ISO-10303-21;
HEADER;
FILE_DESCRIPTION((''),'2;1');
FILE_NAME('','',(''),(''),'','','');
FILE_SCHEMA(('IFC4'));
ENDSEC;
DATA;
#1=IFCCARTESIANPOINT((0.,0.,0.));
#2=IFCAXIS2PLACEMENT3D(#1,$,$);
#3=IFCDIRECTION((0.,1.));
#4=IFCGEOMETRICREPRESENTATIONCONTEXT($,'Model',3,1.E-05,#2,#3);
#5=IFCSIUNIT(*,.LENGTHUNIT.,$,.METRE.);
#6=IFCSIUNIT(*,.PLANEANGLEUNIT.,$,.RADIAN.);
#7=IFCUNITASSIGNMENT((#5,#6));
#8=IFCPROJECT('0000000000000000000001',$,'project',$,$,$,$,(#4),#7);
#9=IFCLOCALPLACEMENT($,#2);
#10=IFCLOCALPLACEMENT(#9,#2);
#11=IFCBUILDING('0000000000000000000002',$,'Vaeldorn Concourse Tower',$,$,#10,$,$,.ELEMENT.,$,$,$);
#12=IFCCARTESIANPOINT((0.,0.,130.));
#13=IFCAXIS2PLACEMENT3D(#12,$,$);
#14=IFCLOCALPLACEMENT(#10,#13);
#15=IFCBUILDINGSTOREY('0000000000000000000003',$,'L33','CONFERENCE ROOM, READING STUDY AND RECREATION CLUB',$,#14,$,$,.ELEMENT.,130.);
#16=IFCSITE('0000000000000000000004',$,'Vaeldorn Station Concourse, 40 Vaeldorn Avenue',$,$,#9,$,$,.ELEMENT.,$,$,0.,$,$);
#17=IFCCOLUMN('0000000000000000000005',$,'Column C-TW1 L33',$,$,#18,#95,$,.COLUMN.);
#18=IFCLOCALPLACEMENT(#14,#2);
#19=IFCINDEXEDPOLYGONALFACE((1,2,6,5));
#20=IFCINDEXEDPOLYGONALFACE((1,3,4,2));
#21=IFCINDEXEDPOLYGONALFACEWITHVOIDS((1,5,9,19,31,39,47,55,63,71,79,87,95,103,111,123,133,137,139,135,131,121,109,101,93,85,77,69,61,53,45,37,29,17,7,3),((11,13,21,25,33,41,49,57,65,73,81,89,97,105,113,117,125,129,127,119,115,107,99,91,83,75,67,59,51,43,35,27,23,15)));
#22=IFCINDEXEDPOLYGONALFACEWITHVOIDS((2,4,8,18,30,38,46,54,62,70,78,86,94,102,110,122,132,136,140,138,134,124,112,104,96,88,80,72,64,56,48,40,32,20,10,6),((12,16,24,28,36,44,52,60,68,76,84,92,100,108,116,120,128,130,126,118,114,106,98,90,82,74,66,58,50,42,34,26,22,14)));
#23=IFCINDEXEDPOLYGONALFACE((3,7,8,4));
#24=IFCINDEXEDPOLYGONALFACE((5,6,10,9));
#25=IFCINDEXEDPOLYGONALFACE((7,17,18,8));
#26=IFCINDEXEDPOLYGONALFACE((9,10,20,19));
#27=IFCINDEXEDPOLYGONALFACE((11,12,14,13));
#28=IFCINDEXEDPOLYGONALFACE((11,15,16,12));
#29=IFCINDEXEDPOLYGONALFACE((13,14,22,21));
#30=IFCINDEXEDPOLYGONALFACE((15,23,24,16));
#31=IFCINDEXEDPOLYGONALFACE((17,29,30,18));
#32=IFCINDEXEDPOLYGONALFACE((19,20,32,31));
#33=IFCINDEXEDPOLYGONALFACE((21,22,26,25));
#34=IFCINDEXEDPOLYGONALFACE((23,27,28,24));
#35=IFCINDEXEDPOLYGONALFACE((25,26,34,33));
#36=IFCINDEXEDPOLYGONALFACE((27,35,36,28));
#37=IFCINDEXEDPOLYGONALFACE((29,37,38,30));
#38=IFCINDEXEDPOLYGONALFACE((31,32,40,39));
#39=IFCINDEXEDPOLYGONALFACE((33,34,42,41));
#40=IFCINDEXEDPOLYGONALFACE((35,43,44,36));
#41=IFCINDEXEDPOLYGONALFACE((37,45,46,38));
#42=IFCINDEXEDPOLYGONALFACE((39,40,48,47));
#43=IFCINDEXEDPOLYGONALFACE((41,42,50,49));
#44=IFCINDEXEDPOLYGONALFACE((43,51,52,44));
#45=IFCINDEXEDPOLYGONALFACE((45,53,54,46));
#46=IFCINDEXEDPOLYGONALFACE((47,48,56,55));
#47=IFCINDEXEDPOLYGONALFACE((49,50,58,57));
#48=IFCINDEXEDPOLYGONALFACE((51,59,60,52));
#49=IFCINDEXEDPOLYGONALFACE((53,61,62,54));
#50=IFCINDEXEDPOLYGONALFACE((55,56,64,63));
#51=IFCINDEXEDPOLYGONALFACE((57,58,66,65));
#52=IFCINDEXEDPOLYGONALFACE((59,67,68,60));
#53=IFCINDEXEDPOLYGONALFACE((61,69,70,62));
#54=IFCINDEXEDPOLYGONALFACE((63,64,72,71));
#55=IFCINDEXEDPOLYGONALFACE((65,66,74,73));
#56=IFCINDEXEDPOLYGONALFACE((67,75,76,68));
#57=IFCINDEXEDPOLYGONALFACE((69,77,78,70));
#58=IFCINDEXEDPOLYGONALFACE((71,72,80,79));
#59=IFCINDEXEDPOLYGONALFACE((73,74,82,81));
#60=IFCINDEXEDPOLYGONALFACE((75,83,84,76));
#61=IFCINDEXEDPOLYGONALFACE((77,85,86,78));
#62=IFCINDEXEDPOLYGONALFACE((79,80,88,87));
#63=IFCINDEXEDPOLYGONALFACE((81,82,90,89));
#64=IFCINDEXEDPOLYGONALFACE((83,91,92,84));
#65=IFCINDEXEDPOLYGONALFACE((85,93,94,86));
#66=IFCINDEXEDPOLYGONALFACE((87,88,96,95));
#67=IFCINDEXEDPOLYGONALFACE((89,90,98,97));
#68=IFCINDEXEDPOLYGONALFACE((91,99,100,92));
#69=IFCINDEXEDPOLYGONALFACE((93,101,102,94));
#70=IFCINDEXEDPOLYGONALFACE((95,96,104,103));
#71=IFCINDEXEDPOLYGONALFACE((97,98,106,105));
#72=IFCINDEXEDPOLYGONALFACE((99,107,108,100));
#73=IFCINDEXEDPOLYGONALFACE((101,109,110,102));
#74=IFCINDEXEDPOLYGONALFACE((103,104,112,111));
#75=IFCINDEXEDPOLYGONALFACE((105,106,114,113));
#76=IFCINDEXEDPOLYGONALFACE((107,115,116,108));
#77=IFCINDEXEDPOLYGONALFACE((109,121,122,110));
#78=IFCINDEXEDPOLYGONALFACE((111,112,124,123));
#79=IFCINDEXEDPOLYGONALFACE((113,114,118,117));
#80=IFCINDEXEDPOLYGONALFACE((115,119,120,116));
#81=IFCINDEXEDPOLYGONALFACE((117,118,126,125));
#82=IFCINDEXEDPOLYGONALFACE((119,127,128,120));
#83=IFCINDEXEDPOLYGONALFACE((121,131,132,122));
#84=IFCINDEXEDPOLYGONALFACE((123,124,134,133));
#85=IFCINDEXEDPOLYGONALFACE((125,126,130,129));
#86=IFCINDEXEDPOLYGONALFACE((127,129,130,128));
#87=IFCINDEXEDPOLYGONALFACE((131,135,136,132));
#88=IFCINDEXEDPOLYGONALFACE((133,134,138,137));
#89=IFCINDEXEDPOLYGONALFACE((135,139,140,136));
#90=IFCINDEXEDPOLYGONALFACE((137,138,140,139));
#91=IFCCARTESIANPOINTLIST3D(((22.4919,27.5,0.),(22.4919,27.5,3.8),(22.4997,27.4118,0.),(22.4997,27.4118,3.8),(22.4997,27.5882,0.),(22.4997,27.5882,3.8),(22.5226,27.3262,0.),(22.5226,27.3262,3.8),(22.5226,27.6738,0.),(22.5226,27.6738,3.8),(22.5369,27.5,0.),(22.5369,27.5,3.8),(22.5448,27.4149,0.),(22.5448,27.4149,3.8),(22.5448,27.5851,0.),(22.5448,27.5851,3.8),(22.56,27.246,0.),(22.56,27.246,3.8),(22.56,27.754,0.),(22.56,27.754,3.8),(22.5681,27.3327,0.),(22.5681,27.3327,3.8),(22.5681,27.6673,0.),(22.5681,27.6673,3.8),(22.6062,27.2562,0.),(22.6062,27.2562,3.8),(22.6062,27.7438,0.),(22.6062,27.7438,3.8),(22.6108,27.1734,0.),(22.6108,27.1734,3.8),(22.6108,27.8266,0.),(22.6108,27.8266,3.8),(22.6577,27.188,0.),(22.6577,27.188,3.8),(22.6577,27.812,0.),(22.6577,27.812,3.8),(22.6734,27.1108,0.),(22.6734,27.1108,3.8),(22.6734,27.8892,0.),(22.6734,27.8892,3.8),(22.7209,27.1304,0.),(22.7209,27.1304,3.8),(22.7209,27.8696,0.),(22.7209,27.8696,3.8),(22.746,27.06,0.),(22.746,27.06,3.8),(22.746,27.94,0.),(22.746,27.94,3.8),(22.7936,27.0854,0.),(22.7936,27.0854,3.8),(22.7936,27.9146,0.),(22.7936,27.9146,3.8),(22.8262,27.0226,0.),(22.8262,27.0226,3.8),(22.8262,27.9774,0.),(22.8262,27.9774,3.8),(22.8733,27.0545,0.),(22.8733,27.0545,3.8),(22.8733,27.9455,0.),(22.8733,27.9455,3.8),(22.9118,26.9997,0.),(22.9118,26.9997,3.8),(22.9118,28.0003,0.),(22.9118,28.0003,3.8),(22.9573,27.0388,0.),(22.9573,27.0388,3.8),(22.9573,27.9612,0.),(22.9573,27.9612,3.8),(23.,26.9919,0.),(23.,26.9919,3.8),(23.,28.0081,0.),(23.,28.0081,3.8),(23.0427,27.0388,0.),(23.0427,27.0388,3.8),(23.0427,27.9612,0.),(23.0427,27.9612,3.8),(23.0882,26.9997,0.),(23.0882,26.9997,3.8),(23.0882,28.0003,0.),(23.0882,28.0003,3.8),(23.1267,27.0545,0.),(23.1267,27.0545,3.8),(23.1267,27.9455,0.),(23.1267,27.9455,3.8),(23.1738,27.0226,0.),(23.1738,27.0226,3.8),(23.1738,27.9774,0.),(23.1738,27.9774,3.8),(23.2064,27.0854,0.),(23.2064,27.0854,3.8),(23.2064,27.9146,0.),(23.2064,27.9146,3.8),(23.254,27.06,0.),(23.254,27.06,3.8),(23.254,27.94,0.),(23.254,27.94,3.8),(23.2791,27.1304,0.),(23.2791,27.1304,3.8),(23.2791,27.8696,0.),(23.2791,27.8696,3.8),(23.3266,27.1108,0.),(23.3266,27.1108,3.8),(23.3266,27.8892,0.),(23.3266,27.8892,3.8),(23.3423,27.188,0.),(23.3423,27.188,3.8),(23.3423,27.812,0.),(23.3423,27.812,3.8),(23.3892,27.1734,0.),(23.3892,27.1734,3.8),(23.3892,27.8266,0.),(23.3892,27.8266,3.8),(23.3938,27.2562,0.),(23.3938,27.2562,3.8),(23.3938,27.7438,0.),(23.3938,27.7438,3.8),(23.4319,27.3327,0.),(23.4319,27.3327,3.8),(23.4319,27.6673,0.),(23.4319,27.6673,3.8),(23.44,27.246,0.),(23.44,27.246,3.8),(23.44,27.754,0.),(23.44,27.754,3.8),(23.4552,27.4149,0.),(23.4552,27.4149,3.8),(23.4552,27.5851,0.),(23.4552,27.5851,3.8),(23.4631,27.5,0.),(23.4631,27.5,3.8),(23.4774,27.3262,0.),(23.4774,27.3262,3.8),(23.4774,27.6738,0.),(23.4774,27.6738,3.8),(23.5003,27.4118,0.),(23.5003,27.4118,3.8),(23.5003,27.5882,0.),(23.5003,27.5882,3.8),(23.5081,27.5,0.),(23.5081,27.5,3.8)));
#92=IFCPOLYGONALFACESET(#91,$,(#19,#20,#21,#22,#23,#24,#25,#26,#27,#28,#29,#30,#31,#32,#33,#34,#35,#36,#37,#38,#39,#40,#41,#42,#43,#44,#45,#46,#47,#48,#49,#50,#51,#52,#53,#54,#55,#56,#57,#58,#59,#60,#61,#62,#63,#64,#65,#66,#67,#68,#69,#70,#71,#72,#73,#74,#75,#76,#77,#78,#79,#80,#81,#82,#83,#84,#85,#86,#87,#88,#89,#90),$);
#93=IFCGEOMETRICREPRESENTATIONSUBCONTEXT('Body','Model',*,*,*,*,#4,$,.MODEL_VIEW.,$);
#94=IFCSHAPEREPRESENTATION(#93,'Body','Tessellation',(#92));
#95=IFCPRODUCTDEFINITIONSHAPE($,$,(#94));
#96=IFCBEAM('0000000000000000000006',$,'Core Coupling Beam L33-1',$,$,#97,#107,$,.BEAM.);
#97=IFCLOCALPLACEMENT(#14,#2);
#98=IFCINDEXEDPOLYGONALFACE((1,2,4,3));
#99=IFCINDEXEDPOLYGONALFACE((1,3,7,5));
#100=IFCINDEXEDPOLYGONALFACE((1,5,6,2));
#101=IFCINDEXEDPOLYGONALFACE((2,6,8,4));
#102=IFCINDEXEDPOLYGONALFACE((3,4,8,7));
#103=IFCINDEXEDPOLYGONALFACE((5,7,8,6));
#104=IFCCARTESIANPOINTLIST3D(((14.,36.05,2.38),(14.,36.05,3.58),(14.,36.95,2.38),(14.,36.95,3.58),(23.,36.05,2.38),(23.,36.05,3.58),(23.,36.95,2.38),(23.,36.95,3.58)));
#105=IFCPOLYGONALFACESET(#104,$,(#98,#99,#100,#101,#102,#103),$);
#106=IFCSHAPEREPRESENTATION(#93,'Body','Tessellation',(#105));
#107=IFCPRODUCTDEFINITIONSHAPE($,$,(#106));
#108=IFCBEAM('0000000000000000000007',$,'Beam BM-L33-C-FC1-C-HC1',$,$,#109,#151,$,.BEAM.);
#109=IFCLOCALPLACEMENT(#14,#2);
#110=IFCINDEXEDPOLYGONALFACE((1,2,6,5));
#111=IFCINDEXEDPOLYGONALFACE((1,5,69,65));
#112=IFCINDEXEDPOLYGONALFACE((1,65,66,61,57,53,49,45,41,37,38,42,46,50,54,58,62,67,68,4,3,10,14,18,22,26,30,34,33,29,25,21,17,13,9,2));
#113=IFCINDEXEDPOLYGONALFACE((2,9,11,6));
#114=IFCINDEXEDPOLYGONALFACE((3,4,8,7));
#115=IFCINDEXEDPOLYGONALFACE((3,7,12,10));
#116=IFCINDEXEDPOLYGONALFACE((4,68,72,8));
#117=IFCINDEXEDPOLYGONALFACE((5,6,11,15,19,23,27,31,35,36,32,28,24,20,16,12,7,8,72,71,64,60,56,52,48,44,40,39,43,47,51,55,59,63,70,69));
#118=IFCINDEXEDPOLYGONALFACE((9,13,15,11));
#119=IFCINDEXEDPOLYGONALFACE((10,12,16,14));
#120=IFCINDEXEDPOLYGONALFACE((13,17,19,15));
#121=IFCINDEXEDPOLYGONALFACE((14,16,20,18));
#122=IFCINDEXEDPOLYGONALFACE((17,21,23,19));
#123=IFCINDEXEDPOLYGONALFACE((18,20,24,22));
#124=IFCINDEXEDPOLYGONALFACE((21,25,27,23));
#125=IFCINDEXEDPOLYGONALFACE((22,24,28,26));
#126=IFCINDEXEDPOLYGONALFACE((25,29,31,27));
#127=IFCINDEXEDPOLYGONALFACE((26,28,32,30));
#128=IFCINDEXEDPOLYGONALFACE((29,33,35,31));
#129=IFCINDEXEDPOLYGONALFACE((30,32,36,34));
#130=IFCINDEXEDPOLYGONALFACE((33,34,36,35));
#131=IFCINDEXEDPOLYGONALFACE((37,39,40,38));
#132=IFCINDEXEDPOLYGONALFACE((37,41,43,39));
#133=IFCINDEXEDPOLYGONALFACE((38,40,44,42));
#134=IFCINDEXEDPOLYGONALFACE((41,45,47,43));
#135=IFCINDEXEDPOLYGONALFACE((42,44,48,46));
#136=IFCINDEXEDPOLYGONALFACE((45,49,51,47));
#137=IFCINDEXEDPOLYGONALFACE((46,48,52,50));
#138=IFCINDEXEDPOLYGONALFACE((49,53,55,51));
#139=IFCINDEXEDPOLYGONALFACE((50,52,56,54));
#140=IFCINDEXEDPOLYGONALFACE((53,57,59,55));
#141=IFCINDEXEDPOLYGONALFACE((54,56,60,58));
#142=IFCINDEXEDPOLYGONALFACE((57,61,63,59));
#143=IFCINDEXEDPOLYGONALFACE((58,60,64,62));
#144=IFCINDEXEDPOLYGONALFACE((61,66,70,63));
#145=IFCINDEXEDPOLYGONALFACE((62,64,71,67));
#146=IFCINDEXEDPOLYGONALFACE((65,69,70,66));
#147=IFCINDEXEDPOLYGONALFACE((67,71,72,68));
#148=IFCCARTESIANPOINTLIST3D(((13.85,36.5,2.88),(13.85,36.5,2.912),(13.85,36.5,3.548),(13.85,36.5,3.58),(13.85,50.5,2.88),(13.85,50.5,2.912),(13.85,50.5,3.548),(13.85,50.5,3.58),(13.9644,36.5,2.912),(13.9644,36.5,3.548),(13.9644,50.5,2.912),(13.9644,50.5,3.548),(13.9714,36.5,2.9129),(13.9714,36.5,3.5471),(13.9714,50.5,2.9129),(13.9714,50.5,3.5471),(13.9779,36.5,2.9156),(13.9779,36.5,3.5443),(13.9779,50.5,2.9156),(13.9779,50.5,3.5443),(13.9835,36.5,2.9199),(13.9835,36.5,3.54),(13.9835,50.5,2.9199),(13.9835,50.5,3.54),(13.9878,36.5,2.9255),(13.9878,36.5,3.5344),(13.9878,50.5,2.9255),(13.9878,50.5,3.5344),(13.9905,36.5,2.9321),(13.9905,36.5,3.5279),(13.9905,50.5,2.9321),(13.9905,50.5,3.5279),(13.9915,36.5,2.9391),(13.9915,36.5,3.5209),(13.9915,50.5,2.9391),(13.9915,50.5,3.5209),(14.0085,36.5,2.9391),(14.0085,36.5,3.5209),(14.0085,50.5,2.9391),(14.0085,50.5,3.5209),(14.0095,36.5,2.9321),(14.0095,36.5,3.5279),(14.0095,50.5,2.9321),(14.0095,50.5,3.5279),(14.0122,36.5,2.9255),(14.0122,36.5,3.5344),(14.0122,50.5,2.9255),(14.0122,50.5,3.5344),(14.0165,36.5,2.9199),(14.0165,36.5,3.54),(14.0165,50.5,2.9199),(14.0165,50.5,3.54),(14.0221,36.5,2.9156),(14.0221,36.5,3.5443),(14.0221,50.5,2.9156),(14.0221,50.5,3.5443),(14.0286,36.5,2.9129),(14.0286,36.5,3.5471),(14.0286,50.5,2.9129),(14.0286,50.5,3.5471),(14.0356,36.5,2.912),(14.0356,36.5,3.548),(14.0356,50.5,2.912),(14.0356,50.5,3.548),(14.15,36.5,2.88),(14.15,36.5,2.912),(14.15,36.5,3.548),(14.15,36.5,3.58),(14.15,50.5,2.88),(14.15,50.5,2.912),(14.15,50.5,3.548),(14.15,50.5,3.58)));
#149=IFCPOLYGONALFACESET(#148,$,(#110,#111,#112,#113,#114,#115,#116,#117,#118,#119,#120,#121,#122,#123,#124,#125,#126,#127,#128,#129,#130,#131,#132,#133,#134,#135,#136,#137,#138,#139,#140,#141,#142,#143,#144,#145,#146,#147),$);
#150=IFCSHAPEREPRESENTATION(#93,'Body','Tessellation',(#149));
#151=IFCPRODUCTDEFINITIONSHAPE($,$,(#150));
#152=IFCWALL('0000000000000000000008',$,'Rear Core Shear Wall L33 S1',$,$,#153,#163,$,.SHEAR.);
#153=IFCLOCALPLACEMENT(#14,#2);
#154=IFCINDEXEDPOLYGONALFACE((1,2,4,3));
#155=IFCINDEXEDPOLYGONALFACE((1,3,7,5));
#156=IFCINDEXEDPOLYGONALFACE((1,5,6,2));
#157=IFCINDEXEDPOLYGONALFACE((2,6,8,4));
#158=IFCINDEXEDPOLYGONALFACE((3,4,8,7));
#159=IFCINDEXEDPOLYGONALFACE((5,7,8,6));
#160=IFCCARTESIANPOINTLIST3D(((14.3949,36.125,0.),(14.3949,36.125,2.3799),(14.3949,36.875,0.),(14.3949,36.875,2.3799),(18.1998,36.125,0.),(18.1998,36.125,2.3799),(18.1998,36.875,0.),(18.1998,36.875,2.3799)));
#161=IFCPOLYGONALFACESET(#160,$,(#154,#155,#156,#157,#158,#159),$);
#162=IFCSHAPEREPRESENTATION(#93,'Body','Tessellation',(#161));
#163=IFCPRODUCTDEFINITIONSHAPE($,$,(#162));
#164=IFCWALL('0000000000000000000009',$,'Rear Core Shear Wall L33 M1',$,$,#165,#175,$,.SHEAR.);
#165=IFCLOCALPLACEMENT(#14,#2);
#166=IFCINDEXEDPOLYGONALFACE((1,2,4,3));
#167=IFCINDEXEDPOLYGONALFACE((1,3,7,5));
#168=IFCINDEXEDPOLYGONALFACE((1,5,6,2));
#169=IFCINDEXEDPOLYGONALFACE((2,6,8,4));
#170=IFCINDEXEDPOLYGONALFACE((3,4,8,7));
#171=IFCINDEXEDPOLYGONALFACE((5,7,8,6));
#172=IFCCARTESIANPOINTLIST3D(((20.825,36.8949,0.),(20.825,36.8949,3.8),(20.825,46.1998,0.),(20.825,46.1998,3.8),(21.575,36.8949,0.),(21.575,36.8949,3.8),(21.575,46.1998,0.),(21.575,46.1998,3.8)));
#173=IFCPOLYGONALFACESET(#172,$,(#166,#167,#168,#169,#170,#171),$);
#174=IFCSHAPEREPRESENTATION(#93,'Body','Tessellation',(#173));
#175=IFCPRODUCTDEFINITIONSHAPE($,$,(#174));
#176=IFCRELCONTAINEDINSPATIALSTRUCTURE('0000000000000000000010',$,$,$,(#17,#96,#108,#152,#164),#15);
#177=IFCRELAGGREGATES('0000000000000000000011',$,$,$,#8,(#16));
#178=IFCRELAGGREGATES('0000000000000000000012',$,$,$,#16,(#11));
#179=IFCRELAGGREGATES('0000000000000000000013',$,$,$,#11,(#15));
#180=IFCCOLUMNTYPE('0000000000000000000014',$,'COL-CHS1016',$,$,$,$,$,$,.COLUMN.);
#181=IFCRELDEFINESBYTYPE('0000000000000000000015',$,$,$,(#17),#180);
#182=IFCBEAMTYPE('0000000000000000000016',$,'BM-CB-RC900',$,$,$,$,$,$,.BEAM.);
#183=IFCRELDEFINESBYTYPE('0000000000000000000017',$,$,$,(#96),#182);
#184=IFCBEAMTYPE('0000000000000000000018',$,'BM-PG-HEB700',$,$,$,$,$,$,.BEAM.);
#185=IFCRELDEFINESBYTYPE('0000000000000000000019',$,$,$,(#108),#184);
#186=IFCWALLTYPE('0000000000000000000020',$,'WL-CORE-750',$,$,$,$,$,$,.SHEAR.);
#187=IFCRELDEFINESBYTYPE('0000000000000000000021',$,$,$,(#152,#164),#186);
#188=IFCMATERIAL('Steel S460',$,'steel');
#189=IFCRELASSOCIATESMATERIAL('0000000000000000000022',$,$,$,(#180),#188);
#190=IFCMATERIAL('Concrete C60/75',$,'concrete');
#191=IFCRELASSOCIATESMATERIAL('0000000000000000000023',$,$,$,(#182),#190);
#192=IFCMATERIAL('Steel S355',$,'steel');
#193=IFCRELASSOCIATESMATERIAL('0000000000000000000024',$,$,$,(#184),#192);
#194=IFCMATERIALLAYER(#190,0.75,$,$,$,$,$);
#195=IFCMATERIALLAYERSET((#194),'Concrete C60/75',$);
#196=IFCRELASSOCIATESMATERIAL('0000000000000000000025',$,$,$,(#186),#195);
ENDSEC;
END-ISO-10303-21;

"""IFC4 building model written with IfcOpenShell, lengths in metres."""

from ifc_helpers import new_model, si_unit, direction, frame, frame_2d, origin, origin_2d, place, context, subcontext, project, spatial, rectangle, hollow_circle, i_section, extrude, source, transform, mapped, material, layer, layer_set, material_profile, profile_set, type_object, element, save


model = new_model("IFC4")

# Units and contexts
model_context = context("Model", 3, precision=1e-05, world=origin(), true_north=direction((0.0, 1.0)))
body_context = subcontext(model_context, "Body", "Model", "MODEL_VIEW")
ifc_project = project(units=[si_unit("LENGTHUNIT", "METRE"), si_unit("PLANEANGLEUNIT", "RADIAN")], contexts=[model_context])

# Site, building, storey
site_placement = place(None, origin())
site = spatial("IfcSite", under=ifc_project, at=site_placement, Name="Vaeldorn Station Concourse, 40 Vaeldorn Avenue", CompositionType="ELEMENT", RefElevation=0.0)
building_placement = place(site_placement, origin())
building = spatial("IfcBuilding", under=site, at=building_placement, Name="Vaeldorn Concourse Tower", CompositionType="ELEMENT")
storey_placement = place(building_placement, frame((0.0, 0.0, 130.0)))
storey = spatial("IfcBuildingStorey", under=building, at=storey_placement, Name="L33", Description="CONFERENCE ROOM, READING STUDY AND RECREATION CLUB", CompositionType="ELEMENT", Elevation=130.0)

# Column
ifc_material_1 = material(Name="Steel S460", Category="steel")
ifc_material_profile_1 = material_profile(ifc_material_1, hollow_circle(Radius=0.5081, WallThickness=0.0449, at=origin_2d()), Name="CHS 1016x45")
ifc_profile_set_1 = profile_set([ifc_material_profile_1], Name="Steel S460")
column_type = type_object("IfcColumnType", Name="COL-CHS1016", PredefinedType="COLUMN", material=ifc_profile_set_1)
shared_shape_1 = source(origin(), body_context, "Body", "SweptSolid", [
    extrude(hollow_circle(Radius=0.5081, WallThickness=0.0449, at=origin_2d()), origin(), (0.0, 0.0, 1.0), 3.8),
])
column_placement = place(storey_placement, frame((23.0, 27.5, 0.0), z_axis=(0.0, 0.0, 1.0), x_axis=(1.0, 0.0, 0.0)))
element("IfcColumn", 1, at=column_placement, inside=storey, type_object=column_type, Name="Column C-TW1 L33", PredefinedType="COLUMN", context=body_context, shape_type="MappedRepresentation", body=[
    mapped(shared_shape_1, transform((0.0, 0.0, 0.0), scale=1.0)),
])

# Beams
ifc_material_2 = material(Name="Concrete C60/75", Category="concrete")
ifc_material_profile_2 = material_profile(ifc_material_2, rectangle(XDim=0.8999, YDim=1.2, at=origin_2d()), Name="RC 900x1200")
ifc_profile_set_2 = profile_set([ifc_material_profile_2], Name="Concrete C60/75")
beam_type_1 = type_object("IfcBeamType", Name="BM-CB-RC900", PredefinedType="BEAM", material=ifc_profile_set_2)
shared_shape_2 = source(origin(), body_context, "Body", "SweptSolid", [
    extrude(rectangle(XDim=0.8999, YDim=1.2, at=origin_2d()), origin(), (0.0, 0.0, 1.0), 9.0),
])
beam_1_placement = place(storey_placement, frame((14.0, 36.5, 2.98), z_axis=(1.0, 0.0, 0.0), x_axis=(0.0, 1.0, 0.0)))
element("IfcBeam", 2, at=beam_1_placement, inside=storey, type_object=beam_type_1, Name="Core Coupling Beam L33-1", PredefinedType="BEAM", context=body_context, shape_type="MappedRepresentation", body=[
    mapped(shared_shape_2, transform((0.0, 0.0, 0.0), scale=1.0)),
])
ifc_material_3 = material(Name="Steel S355", Category="steel")
ifc_material_profile_3 = material_profile(ifc_material_3, i_section(OverallWidth=0.3, OverallDepth=0.7, WebThickness=0.0171, FlangeThickness=0.032, FilletRadius=0.0271, at=origin_2d()), Name="HEB 700")
ifc_profile_set_3 = profile_set([ifc_material_profile_3], Name="Steel S355")
beam_type_2 = type_object("IfcBeamType", Name="BM-PG-HEB700", PredefinedType="BEAM", material=ifc_profile_set_3)
shared_shape_3 = source(origin(), body_context, "Body", "SweptSolid", [
    extrude(i_section(OverallWidth=0.3, OverallDepth=0.7, WebThickness=0.0171, FlangeThickness=0.032, FilletRadius=0.0271, at=origin_2d()), origin(), (0.0, 0.0, 1.0), 14.0),
])
beam_2_placement = place(storey_placement, frame((14.0, 36.5, 3.23), z_axis=(0.0, 1.0, 0.0), x_axis=(-1.0, 0.0, 0.0)))
element("IfcBeam", 3, at=beam_2_placement, inside=storey, type_object=beam_type_2, Name="Beam BM-L33-C-FC1-C-HC1", PredefinedType="BEAM", context=body_context, shape_type="MappedRepresentation", body=[
    mapped(shared_shape_3, transform((0.0, 0.0, 0.0), scale=1.0)),
])

# Walls
ifc_layer_1 = layer(ifc_material_2, 0.75)
ifc_layer_set_1 = layer_set([ifc_layer_1], Name="Concrete C60/75")
wall_type_1 = type_object("IfcWallType", Name="WL-CORE-750", PredefinedType="SHEAR", material=ifc_layer_set_1)
wall_1_placement = place(storey_placement, frame((14.395, 36.5, 0.0), z_axis=(0.0, 0.0, 1.0), x_axis=(1.0, 0.0, 0.0)))
element("IfcWall", 4, at=wall_1_placement, inside=storey, type_object=wall_type_1, Name="Rear Core Shear Wall L33 S1", PredefinedType="SHEAR", context=body_context, shape_type="SweptSolid", body=[
    extrude(rectangle(XDim=3.8049, YDim=0.75, at=frame_2d((1.9023, 0.0))), origin(), (0.0, 0.0, 1.0), 2.3799),
])
wall_2_placement = place(storey_placement, frame((21.2, 36.895, 0.0), z_axis=(0.0, 0.0, 1.0), x_axis=(0.0, 1.0, 0.0)))
element("IfcWall", 5, at=wall_2_placement, inside=storey, type_object=wall_type_1, Name="Rear Core Shear Wall L33 M1", PredefinedType="SHEAR", context=body_context, shape_type="SweptSolid", body=[
    extrude(rectangle(XDim=9.3049, YDim=0.75, at=frame_2d((4.6523, 0.0))), origin(), (0.0, 0.0, 1.0), 3.8),
])

save(model, "model.ifc")
